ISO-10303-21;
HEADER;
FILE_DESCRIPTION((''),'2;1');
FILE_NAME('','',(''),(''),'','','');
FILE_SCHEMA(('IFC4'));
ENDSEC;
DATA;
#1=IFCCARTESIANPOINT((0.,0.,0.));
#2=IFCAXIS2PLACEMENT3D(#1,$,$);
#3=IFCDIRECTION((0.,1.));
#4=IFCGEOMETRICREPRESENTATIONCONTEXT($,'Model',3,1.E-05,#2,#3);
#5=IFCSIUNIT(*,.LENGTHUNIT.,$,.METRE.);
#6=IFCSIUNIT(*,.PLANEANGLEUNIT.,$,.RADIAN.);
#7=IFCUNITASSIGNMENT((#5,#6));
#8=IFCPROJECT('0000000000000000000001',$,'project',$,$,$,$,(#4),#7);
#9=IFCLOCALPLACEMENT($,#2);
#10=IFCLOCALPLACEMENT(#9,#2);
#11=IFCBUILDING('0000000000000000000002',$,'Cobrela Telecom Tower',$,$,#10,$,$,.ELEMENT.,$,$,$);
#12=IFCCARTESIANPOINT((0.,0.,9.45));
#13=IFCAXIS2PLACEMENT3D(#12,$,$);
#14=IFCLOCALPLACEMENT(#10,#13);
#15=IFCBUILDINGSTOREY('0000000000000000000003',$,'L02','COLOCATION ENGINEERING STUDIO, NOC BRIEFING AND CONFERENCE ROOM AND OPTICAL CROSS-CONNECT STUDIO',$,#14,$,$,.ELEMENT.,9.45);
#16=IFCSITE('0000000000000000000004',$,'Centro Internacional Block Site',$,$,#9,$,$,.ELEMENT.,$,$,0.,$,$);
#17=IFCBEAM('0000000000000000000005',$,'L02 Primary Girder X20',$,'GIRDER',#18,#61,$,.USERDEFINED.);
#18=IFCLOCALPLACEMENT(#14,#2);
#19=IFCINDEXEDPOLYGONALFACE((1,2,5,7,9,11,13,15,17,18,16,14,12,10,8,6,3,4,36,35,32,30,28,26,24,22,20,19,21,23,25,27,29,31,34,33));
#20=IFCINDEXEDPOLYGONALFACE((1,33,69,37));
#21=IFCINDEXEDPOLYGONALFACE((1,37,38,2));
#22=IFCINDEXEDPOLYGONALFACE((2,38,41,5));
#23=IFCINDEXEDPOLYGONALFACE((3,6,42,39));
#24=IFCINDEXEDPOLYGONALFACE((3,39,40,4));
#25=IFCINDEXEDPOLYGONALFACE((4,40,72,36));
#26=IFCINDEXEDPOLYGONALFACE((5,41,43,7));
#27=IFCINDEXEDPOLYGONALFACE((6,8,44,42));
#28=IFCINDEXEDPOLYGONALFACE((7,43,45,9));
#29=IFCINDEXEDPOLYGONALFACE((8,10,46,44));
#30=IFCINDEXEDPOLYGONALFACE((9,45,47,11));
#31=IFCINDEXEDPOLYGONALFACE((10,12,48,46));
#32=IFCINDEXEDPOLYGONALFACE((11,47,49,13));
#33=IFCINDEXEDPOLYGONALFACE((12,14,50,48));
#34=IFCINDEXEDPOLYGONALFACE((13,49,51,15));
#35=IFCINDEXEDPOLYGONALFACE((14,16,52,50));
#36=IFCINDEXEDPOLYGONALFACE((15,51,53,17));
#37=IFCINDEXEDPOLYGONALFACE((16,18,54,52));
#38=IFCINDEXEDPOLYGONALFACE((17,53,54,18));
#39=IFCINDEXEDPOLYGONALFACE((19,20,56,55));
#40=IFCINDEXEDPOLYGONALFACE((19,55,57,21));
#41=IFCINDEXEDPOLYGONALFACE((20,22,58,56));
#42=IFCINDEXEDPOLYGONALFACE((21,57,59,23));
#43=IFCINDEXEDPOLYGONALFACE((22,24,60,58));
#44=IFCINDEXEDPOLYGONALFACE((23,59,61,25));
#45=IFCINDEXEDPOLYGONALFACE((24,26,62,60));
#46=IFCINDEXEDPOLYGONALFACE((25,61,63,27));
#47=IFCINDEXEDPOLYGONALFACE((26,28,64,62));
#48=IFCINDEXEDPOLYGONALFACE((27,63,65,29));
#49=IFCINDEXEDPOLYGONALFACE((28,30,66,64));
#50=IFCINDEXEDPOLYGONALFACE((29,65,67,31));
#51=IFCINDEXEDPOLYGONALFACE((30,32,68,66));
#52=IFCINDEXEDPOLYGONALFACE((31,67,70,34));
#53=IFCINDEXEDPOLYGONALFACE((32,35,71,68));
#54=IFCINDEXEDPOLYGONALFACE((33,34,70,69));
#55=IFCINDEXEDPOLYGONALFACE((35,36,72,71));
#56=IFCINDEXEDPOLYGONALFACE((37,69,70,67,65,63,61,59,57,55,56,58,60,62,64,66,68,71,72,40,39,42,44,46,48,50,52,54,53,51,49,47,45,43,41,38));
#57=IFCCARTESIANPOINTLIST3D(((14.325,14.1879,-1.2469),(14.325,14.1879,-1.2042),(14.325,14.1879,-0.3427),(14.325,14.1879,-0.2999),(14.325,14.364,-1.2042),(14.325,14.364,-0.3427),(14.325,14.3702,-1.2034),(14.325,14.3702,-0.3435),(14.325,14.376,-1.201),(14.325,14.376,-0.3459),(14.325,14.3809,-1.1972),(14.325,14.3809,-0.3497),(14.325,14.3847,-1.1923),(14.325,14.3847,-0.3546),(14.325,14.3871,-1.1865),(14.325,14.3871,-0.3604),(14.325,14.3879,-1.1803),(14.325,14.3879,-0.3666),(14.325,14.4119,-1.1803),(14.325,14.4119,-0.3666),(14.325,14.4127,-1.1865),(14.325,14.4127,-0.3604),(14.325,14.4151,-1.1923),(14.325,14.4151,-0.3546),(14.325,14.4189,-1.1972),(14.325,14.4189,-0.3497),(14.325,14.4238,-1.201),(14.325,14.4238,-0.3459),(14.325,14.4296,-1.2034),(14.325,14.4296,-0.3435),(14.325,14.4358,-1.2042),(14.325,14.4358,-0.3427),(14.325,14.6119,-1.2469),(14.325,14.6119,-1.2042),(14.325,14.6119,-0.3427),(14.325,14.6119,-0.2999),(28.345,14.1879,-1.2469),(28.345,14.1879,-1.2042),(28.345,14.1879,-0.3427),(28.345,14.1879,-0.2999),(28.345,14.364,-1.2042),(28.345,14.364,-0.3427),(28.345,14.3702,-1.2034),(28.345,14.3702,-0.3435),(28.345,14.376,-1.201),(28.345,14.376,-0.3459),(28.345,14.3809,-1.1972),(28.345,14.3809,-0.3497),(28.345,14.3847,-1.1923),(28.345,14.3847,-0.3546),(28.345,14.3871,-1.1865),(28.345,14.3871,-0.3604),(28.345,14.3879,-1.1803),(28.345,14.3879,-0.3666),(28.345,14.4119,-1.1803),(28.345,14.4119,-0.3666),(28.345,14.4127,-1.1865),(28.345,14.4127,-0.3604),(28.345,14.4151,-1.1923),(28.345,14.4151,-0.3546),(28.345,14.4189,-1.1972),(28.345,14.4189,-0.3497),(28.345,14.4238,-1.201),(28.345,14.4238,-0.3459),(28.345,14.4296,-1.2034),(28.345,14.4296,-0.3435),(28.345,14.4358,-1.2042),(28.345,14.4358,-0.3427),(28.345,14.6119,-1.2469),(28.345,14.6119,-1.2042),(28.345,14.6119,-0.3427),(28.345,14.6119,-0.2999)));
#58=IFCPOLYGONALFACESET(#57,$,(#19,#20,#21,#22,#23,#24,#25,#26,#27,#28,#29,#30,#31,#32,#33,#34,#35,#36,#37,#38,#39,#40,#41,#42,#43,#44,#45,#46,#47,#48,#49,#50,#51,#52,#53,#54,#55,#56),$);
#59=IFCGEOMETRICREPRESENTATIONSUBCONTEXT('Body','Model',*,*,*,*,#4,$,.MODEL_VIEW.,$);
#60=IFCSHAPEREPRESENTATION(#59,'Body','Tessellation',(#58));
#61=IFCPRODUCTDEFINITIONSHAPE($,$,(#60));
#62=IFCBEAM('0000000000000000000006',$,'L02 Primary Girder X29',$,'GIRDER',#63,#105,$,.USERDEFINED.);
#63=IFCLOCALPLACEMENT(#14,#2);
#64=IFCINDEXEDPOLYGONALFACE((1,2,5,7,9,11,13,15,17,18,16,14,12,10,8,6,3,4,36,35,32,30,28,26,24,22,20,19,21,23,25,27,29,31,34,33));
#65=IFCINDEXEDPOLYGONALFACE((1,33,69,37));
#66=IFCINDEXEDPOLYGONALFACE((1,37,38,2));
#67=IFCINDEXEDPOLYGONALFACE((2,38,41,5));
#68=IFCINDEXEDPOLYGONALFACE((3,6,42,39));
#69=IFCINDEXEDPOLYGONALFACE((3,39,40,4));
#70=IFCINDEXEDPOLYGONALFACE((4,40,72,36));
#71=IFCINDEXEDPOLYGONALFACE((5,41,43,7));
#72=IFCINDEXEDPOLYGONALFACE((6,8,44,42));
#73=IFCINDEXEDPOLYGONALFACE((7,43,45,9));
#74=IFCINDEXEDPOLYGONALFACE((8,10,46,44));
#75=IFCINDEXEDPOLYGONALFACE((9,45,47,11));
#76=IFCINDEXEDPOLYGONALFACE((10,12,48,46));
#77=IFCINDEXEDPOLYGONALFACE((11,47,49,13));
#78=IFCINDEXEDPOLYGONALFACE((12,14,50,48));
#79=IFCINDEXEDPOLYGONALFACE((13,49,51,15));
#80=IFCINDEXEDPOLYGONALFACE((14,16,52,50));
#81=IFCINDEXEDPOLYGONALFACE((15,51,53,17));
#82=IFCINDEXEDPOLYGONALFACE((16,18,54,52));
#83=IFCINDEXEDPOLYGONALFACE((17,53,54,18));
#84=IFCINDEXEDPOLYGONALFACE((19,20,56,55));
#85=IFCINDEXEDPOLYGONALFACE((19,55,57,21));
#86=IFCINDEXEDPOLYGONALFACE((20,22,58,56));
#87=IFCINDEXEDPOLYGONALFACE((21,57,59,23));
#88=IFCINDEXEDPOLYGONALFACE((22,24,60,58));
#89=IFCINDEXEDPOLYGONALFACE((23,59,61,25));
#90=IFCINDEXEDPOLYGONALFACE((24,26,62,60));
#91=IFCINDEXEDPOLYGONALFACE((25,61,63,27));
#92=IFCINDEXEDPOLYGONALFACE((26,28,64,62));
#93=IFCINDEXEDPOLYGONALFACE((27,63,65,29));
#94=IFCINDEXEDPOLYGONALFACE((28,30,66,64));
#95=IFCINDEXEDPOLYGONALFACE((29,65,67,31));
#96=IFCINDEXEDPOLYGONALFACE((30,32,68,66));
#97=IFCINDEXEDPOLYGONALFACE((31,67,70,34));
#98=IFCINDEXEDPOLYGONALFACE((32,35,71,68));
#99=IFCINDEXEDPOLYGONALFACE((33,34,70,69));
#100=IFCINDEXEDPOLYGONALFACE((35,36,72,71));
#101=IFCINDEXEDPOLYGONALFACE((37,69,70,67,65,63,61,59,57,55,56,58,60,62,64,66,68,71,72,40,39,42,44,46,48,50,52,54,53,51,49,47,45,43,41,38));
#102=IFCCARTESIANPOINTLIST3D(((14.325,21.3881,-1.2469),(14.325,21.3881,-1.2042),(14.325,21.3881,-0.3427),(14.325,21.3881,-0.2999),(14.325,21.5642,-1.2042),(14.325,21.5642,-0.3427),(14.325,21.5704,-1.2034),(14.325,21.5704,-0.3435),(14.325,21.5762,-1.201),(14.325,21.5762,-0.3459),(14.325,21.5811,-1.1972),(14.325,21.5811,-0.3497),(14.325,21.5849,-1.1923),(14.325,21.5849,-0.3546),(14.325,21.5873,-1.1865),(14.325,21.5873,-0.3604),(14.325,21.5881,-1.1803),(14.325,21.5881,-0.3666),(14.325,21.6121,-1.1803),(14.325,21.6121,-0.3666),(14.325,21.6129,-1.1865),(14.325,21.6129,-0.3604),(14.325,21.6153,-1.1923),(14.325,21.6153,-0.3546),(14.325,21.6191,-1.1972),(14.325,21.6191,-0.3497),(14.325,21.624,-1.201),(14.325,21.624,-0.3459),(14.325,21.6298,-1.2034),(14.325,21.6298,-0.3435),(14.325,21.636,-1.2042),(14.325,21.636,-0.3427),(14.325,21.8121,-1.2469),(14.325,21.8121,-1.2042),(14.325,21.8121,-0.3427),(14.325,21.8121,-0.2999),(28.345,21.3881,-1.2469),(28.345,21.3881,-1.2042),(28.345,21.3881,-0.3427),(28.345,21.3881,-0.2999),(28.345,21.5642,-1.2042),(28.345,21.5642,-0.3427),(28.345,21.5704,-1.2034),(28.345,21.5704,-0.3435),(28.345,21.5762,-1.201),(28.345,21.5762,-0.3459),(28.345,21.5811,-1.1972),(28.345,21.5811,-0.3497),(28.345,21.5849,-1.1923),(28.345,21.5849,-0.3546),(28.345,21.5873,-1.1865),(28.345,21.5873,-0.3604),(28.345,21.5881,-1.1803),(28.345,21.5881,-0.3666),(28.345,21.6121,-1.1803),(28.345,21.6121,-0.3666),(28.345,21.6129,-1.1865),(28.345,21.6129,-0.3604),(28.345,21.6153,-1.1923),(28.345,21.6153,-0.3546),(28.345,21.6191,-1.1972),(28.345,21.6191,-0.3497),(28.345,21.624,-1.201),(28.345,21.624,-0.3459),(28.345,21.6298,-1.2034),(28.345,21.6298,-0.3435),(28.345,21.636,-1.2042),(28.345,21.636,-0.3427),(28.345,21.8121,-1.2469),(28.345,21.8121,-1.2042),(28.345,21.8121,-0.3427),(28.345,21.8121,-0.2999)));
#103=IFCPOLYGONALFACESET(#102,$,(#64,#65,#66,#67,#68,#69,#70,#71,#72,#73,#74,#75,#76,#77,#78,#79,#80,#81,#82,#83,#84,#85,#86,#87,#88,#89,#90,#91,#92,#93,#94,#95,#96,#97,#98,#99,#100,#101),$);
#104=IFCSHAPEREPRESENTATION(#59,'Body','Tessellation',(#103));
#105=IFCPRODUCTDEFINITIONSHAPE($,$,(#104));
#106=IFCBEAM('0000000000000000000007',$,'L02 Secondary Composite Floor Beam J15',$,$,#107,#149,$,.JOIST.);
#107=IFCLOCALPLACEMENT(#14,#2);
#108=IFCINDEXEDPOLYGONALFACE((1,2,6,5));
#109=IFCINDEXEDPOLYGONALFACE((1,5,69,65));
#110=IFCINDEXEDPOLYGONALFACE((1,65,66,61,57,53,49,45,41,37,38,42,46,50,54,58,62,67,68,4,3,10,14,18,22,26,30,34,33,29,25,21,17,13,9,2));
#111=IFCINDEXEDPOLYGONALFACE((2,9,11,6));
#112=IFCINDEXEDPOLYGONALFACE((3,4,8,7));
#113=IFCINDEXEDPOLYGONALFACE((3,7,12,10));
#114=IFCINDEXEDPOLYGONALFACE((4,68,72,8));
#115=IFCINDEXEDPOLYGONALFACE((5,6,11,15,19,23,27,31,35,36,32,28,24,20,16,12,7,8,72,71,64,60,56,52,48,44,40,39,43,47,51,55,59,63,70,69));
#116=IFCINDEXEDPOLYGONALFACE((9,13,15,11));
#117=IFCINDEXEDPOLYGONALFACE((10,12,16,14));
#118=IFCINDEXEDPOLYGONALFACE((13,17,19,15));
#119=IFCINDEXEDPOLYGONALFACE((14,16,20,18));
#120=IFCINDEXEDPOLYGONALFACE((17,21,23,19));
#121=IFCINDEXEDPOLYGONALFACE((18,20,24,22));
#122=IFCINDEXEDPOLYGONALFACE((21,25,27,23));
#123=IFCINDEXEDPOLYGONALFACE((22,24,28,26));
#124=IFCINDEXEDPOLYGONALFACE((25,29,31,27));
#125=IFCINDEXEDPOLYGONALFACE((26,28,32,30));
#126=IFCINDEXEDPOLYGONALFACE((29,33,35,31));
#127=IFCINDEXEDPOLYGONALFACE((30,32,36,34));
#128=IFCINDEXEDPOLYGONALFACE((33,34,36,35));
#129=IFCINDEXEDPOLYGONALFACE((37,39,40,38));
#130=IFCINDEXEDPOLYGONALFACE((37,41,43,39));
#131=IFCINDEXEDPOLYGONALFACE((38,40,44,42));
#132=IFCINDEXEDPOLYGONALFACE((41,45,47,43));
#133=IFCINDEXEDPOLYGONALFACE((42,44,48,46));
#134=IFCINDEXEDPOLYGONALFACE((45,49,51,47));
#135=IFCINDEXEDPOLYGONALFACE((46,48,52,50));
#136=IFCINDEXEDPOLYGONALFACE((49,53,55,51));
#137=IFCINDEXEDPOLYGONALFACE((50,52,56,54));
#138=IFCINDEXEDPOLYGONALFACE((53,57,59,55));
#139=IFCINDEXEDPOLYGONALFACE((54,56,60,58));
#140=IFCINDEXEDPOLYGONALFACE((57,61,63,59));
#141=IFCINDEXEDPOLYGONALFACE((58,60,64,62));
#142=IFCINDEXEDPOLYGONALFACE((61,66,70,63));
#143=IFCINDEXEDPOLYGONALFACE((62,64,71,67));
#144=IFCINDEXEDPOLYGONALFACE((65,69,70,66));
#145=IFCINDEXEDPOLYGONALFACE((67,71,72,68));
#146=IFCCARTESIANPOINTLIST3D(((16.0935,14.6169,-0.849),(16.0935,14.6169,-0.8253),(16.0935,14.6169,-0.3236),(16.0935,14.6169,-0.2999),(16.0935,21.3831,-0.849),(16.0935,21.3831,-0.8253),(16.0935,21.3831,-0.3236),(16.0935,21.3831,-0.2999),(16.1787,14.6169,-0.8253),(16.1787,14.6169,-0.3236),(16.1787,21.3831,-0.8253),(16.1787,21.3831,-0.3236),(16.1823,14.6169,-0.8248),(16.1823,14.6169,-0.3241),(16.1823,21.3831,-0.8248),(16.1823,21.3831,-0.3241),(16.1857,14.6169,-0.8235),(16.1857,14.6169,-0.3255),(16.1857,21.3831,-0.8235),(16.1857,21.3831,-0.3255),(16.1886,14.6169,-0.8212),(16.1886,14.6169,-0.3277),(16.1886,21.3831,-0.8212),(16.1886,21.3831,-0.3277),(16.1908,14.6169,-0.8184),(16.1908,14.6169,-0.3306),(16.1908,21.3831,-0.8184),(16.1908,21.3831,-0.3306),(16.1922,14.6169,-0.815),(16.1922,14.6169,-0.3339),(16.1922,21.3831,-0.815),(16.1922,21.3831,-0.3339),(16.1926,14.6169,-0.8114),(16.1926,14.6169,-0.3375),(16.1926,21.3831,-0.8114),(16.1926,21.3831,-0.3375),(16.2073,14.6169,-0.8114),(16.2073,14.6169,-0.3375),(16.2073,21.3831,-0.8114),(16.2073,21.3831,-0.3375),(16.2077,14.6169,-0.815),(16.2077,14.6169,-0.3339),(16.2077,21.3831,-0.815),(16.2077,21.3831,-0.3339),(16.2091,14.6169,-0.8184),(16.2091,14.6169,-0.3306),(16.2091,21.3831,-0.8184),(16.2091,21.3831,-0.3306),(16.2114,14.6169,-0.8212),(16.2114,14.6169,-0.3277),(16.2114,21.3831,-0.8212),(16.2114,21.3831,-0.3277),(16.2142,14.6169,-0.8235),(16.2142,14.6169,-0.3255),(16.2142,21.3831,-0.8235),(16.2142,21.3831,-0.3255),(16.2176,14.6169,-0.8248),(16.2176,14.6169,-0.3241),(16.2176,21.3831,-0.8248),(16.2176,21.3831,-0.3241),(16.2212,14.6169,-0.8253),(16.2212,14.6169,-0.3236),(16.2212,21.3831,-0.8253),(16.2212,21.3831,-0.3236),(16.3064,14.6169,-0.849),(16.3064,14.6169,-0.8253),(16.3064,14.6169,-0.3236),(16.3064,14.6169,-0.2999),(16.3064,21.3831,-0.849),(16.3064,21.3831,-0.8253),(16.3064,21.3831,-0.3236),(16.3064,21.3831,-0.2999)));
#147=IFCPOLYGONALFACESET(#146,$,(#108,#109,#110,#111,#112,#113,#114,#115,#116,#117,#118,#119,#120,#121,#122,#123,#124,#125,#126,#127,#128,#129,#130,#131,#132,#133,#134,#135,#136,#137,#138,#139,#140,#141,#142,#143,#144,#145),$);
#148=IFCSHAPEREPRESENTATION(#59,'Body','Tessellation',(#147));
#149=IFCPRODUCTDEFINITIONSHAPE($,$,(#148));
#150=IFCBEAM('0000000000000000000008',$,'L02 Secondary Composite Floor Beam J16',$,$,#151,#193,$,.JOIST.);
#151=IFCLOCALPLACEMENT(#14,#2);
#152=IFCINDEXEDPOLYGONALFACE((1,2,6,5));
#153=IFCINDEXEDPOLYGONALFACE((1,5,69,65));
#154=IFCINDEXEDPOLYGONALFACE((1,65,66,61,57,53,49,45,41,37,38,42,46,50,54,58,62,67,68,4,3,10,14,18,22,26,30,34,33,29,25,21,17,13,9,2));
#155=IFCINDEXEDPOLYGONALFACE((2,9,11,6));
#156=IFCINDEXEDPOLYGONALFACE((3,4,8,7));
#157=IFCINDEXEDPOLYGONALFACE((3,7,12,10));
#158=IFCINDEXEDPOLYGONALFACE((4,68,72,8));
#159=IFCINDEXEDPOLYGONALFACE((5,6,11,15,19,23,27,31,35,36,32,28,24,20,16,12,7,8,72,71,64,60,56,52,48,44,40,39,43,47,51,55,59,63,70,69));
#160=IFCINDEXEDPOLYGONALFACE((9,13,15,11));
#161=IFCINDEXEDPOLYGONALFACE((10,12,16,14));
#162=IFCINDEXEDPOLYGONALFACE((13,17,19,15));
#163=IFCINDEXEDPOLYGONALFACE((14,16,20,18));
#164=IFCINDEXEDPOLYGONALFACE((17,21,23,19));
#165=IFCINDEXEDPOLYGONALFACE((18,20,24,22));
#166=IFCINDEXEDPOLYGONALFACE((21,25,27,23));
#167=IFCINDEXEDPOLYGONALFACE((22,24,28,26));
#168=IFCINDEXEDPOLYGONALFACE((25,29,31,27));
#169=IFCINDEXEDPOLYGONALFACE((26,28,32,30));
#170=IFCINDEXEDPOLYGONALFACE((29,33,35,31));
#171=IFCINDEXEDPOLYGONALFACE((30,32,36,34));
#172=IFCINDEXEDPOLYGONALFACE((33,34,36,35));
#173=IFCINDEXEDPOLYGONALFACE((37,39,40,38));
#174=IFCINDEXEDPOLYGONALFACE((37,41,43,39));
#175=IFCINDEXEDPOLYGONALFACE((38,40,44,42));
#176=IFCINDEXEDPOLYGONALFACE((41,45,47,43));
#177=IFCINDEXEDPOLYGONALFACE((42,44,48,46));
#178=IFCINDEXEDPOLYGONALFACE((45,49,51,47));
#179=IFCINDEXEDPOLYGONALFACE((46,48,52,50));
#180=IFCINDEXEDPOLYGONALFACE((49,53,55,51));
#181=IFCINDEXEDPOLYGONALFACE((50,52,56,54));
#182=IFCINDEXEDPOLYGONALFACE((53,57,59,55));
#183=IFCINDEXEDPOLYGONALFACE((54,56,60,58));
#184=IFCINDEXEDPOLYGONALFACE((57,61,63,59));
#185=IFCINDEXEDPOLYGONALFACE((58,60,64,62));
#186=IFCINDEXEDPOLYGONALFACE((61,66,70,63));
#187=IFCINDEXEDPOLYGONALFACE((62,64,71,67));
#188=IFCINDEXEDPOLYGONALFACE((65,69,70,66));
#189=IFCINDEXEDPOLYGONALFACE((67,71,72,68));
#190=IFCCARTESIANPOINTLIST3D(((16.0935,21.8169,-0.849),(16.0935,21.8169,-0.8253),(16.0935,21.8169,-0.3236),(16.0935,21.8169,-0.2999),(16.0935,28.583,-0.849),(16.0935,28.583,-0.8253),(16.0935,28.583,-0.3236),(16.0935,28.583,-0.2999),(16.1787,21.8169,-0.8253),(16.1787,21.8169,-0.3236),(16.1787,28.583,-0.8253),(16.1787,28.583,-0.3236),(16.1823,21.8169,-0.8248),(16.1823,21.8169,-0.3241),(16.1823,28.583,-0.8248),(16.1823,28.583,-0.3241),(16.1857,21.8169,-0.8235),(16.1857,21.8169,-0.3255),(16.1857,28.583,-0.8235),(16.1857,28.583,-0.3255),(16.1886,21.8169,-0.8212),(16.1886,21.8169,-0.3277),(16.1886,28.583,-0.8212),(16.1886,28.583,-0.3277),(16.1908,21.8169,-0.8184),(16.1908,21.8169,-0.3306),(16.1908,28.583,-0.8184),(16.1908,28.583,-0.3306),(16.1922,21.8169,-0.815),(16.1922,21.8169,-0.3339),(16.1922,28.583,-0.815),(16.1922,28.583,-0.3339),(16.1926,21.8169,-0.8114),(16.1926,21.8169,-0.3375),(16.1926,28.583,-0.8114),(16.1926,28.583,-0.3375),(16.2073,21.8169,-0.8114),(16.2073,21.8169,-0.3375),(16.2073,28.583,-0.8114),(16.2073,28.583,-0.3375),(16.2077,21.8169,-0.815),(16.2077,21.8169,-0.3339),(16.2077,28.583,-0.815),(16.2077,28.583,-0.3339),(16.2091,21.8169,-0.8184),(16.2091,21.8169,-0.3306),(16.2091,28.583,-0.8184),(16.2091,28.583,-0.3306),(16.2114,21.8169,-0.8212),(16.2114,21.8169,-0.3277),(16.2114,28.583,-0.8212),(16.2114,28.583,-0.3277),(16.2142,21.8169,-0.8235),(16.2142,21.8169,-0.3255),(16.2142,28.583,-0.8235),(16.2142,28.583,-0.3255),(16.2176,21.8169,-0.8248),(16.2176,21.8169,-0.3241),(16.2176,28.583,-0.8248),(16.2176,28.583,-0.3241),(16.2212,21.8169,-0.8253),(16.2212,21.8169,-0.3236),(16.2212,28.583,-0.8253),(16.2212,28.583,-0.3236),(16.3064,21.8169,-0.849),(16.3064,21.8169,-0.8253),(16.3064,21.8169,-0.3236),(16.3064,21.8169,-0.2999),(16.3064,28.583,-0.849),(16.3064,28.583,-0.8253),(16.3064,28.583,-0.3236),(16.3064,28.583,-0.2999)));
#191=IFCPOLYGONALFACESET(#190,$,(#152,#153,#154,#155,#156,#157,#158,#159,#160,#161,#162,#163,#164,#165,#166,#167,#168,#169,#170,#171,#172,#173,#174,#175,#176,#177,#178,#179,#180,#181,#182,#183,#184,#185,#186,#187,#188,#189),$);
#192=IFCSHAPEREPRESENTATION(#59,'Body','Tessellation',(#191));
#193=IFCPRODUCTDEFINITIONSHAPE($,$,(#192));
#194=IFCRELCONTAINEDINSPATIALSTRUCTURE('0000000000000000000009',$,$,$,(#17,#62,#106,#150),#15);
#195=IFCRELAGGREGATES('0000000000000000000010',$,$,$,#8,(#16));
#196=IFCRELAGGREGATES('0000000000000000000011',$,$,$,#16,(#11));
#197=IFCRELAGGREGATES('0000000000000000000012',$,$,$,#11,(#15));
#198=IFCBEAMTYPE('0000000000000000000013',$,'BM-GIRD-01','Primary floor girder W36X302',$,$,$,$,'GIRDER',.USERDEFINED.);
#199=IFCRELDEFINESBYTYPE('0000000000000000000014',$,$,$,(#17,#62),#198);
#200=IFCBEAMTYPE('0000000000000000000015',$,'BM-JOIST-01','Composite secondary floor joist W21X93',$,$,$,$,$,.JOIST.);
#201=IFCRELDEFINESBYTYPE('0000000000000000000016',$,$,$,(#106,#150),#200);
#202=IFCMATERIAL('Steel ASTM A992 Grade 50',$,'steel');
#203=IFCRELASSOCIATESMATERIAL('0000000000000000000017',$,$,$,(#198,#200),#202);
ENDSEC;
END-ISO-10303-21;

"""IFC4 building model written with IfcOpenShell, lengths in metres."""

from ifc_helpers import new_model, si_unit, direction, frame, origin, origin_2d, place, context, subcontext, project, spatial, i_section, extrude, material, material_profile, profile_set, type_object, element, save


model = new_model("IFC4")

# Units and contexts
model_context = context("Model", 3, precision=1e-05, world=origin(), true_north=direction((0.0, 1.0)))
body_context = subcontext(model_context, "Body", "Model", "MODEL_VIEW")
ifc_project = project(units=[si_unit("LENGTHUNIT", "METRE"), si_unit("PLANEANGLEUNIT", "RADIAN")], contexts=[model_context])

# Site, building, storey
site_placement = place(None, origin())
site = spatial("IfcSite", under=ifc_project, at=site_placement, Name="Centro Internacional Block Site", CompositionType="ELEMENT", RefElevation=0.0)
building_placement = place(site_placement, origin())
building = spatial("IfcBuilding", under=site, at=building_placement, Name="Cobrela Telecom Tower", CompositionType="ELEMENT")
storey_placement = place(building_placement, frame((0.0, 0.0, 9.45)))
storey = spatial("IfcBuildingStorey", under=building, at=storey_placement, Name="L02", Description="COLOCATION ENGINEERING STUDIO, NOC BRIEFING AND CONFERENCE ROOM AND OPTICAL CROSS-CONNECT STUDIO", CompositionType="ELEMENT", Elevation=9.45)

# Beams
ifc_material_1 = material(Name="Steel ASTM A992 Grade 50", Category="steel")
ifc_material_profile_1 = material_profile(ifc_material_1, i_section(OverallWidth=0.4241, OverallDepth=0.947, WebThickness=0.0239, FlangeThickness=0.0427, FilletRadius=0.0239, at=origin_2d()), Name="W36X302")
ifc_profile_set_1 = profile_set([ifc_material_profile_1], Name="Steel ASTM A992 Grade 50")
beam_type_1 = type_object("IfcBeamType", Name="BM-GIRD-01", Description="Primary floor girder W36X302", ElementType="GIRDER", PredefinedType="USERDEFINED", material=ifc_profile_set_1)
for number, where, z_axis, x_axis, name in (
    (1, (14.325, 14.3999, -0.7734), (1.0, 0.0, 0.0), (0.0, 1.0, 0.0), "L02 Primary Girder X20"),
    (2, (14.325, 21.6001, -0.7734), (1.0, 0.0, 0.0), (0.0, 1.0, 0.0), "L02 Primary Girder X29"),
):
    element("IfcBeam", number, at=place(storey_placement, frame(where, z_axis=z_axis, x_axis=x_axis)), inside=storey, type_object=beam_type_1, Name=name, ObjectType="GIRDER", PredefinedType="USERDEFINED", context=body_context, shape_type="SweptSolid", body=[
        extrude(i_section(OverallWidth=0.4241, OverallDepth=0.947, WebThickness=0.0239, FlangeThickness=0.0427, FilletRadius=0.0239, at=origin_2d()), origin(), (0.0, 0.0, 1.0), 14.02),
    ])
ifc_material_profile_2 = material_profile(ifc_material_1, i_section(OverallWidth=0.2129, OverallDepth=0.5491, WebThickness=0.0146, FlangeThickness=0.0237, FilletRadius=0.0139, at=origin_2d()), Name="W21X93")
ifc_profile_set_2 = profile_set([ifc_material_profile_2], Name="Steel ASTM A992 Grade 50")
beam_type_2 = type_object("IfcBeamType", Name="BM-JOIST-01", Description="Composite secondary floor joist W21X93", PredefinedType="JOIST", material=ifc_profile_set_2)
for number, where, z_axis, x_axis, name in (
    (3, (16.2, 14.6169, -0.5745), (0.0, 1.0, 0.0), (-1.0, 0.0, 0.0), "L02 Secondary Composite Floor Beam J15"),
    (4, (16.2, 21.8169, -0.5745), (0.0, 1.0, 0.0), (-1.0, 0.0, 0.0), "L02 Secondary Composite Floor Beam J16"),
):
    element("IfcBeam", number, at=place(storey_placement, frame(where, z_axis=z_axis, x_axis=x_axis)), inside=storey, type_object=beam_type_2, Name=name, PredefinedType="JOIST", context=body_context, shape_type="SweptSolid", body=[
        extrude(i_section(OverallWidth=0.2129, OverallDepth=0.5491, WebThickness=0.0146, FlangeThickness=0.0237, FilletRadius=0.0139, at=origin_2d()), origin(), (0.0, 0.0, 1.0), 6.7661),
    ])

save(model, "model.ifc")
